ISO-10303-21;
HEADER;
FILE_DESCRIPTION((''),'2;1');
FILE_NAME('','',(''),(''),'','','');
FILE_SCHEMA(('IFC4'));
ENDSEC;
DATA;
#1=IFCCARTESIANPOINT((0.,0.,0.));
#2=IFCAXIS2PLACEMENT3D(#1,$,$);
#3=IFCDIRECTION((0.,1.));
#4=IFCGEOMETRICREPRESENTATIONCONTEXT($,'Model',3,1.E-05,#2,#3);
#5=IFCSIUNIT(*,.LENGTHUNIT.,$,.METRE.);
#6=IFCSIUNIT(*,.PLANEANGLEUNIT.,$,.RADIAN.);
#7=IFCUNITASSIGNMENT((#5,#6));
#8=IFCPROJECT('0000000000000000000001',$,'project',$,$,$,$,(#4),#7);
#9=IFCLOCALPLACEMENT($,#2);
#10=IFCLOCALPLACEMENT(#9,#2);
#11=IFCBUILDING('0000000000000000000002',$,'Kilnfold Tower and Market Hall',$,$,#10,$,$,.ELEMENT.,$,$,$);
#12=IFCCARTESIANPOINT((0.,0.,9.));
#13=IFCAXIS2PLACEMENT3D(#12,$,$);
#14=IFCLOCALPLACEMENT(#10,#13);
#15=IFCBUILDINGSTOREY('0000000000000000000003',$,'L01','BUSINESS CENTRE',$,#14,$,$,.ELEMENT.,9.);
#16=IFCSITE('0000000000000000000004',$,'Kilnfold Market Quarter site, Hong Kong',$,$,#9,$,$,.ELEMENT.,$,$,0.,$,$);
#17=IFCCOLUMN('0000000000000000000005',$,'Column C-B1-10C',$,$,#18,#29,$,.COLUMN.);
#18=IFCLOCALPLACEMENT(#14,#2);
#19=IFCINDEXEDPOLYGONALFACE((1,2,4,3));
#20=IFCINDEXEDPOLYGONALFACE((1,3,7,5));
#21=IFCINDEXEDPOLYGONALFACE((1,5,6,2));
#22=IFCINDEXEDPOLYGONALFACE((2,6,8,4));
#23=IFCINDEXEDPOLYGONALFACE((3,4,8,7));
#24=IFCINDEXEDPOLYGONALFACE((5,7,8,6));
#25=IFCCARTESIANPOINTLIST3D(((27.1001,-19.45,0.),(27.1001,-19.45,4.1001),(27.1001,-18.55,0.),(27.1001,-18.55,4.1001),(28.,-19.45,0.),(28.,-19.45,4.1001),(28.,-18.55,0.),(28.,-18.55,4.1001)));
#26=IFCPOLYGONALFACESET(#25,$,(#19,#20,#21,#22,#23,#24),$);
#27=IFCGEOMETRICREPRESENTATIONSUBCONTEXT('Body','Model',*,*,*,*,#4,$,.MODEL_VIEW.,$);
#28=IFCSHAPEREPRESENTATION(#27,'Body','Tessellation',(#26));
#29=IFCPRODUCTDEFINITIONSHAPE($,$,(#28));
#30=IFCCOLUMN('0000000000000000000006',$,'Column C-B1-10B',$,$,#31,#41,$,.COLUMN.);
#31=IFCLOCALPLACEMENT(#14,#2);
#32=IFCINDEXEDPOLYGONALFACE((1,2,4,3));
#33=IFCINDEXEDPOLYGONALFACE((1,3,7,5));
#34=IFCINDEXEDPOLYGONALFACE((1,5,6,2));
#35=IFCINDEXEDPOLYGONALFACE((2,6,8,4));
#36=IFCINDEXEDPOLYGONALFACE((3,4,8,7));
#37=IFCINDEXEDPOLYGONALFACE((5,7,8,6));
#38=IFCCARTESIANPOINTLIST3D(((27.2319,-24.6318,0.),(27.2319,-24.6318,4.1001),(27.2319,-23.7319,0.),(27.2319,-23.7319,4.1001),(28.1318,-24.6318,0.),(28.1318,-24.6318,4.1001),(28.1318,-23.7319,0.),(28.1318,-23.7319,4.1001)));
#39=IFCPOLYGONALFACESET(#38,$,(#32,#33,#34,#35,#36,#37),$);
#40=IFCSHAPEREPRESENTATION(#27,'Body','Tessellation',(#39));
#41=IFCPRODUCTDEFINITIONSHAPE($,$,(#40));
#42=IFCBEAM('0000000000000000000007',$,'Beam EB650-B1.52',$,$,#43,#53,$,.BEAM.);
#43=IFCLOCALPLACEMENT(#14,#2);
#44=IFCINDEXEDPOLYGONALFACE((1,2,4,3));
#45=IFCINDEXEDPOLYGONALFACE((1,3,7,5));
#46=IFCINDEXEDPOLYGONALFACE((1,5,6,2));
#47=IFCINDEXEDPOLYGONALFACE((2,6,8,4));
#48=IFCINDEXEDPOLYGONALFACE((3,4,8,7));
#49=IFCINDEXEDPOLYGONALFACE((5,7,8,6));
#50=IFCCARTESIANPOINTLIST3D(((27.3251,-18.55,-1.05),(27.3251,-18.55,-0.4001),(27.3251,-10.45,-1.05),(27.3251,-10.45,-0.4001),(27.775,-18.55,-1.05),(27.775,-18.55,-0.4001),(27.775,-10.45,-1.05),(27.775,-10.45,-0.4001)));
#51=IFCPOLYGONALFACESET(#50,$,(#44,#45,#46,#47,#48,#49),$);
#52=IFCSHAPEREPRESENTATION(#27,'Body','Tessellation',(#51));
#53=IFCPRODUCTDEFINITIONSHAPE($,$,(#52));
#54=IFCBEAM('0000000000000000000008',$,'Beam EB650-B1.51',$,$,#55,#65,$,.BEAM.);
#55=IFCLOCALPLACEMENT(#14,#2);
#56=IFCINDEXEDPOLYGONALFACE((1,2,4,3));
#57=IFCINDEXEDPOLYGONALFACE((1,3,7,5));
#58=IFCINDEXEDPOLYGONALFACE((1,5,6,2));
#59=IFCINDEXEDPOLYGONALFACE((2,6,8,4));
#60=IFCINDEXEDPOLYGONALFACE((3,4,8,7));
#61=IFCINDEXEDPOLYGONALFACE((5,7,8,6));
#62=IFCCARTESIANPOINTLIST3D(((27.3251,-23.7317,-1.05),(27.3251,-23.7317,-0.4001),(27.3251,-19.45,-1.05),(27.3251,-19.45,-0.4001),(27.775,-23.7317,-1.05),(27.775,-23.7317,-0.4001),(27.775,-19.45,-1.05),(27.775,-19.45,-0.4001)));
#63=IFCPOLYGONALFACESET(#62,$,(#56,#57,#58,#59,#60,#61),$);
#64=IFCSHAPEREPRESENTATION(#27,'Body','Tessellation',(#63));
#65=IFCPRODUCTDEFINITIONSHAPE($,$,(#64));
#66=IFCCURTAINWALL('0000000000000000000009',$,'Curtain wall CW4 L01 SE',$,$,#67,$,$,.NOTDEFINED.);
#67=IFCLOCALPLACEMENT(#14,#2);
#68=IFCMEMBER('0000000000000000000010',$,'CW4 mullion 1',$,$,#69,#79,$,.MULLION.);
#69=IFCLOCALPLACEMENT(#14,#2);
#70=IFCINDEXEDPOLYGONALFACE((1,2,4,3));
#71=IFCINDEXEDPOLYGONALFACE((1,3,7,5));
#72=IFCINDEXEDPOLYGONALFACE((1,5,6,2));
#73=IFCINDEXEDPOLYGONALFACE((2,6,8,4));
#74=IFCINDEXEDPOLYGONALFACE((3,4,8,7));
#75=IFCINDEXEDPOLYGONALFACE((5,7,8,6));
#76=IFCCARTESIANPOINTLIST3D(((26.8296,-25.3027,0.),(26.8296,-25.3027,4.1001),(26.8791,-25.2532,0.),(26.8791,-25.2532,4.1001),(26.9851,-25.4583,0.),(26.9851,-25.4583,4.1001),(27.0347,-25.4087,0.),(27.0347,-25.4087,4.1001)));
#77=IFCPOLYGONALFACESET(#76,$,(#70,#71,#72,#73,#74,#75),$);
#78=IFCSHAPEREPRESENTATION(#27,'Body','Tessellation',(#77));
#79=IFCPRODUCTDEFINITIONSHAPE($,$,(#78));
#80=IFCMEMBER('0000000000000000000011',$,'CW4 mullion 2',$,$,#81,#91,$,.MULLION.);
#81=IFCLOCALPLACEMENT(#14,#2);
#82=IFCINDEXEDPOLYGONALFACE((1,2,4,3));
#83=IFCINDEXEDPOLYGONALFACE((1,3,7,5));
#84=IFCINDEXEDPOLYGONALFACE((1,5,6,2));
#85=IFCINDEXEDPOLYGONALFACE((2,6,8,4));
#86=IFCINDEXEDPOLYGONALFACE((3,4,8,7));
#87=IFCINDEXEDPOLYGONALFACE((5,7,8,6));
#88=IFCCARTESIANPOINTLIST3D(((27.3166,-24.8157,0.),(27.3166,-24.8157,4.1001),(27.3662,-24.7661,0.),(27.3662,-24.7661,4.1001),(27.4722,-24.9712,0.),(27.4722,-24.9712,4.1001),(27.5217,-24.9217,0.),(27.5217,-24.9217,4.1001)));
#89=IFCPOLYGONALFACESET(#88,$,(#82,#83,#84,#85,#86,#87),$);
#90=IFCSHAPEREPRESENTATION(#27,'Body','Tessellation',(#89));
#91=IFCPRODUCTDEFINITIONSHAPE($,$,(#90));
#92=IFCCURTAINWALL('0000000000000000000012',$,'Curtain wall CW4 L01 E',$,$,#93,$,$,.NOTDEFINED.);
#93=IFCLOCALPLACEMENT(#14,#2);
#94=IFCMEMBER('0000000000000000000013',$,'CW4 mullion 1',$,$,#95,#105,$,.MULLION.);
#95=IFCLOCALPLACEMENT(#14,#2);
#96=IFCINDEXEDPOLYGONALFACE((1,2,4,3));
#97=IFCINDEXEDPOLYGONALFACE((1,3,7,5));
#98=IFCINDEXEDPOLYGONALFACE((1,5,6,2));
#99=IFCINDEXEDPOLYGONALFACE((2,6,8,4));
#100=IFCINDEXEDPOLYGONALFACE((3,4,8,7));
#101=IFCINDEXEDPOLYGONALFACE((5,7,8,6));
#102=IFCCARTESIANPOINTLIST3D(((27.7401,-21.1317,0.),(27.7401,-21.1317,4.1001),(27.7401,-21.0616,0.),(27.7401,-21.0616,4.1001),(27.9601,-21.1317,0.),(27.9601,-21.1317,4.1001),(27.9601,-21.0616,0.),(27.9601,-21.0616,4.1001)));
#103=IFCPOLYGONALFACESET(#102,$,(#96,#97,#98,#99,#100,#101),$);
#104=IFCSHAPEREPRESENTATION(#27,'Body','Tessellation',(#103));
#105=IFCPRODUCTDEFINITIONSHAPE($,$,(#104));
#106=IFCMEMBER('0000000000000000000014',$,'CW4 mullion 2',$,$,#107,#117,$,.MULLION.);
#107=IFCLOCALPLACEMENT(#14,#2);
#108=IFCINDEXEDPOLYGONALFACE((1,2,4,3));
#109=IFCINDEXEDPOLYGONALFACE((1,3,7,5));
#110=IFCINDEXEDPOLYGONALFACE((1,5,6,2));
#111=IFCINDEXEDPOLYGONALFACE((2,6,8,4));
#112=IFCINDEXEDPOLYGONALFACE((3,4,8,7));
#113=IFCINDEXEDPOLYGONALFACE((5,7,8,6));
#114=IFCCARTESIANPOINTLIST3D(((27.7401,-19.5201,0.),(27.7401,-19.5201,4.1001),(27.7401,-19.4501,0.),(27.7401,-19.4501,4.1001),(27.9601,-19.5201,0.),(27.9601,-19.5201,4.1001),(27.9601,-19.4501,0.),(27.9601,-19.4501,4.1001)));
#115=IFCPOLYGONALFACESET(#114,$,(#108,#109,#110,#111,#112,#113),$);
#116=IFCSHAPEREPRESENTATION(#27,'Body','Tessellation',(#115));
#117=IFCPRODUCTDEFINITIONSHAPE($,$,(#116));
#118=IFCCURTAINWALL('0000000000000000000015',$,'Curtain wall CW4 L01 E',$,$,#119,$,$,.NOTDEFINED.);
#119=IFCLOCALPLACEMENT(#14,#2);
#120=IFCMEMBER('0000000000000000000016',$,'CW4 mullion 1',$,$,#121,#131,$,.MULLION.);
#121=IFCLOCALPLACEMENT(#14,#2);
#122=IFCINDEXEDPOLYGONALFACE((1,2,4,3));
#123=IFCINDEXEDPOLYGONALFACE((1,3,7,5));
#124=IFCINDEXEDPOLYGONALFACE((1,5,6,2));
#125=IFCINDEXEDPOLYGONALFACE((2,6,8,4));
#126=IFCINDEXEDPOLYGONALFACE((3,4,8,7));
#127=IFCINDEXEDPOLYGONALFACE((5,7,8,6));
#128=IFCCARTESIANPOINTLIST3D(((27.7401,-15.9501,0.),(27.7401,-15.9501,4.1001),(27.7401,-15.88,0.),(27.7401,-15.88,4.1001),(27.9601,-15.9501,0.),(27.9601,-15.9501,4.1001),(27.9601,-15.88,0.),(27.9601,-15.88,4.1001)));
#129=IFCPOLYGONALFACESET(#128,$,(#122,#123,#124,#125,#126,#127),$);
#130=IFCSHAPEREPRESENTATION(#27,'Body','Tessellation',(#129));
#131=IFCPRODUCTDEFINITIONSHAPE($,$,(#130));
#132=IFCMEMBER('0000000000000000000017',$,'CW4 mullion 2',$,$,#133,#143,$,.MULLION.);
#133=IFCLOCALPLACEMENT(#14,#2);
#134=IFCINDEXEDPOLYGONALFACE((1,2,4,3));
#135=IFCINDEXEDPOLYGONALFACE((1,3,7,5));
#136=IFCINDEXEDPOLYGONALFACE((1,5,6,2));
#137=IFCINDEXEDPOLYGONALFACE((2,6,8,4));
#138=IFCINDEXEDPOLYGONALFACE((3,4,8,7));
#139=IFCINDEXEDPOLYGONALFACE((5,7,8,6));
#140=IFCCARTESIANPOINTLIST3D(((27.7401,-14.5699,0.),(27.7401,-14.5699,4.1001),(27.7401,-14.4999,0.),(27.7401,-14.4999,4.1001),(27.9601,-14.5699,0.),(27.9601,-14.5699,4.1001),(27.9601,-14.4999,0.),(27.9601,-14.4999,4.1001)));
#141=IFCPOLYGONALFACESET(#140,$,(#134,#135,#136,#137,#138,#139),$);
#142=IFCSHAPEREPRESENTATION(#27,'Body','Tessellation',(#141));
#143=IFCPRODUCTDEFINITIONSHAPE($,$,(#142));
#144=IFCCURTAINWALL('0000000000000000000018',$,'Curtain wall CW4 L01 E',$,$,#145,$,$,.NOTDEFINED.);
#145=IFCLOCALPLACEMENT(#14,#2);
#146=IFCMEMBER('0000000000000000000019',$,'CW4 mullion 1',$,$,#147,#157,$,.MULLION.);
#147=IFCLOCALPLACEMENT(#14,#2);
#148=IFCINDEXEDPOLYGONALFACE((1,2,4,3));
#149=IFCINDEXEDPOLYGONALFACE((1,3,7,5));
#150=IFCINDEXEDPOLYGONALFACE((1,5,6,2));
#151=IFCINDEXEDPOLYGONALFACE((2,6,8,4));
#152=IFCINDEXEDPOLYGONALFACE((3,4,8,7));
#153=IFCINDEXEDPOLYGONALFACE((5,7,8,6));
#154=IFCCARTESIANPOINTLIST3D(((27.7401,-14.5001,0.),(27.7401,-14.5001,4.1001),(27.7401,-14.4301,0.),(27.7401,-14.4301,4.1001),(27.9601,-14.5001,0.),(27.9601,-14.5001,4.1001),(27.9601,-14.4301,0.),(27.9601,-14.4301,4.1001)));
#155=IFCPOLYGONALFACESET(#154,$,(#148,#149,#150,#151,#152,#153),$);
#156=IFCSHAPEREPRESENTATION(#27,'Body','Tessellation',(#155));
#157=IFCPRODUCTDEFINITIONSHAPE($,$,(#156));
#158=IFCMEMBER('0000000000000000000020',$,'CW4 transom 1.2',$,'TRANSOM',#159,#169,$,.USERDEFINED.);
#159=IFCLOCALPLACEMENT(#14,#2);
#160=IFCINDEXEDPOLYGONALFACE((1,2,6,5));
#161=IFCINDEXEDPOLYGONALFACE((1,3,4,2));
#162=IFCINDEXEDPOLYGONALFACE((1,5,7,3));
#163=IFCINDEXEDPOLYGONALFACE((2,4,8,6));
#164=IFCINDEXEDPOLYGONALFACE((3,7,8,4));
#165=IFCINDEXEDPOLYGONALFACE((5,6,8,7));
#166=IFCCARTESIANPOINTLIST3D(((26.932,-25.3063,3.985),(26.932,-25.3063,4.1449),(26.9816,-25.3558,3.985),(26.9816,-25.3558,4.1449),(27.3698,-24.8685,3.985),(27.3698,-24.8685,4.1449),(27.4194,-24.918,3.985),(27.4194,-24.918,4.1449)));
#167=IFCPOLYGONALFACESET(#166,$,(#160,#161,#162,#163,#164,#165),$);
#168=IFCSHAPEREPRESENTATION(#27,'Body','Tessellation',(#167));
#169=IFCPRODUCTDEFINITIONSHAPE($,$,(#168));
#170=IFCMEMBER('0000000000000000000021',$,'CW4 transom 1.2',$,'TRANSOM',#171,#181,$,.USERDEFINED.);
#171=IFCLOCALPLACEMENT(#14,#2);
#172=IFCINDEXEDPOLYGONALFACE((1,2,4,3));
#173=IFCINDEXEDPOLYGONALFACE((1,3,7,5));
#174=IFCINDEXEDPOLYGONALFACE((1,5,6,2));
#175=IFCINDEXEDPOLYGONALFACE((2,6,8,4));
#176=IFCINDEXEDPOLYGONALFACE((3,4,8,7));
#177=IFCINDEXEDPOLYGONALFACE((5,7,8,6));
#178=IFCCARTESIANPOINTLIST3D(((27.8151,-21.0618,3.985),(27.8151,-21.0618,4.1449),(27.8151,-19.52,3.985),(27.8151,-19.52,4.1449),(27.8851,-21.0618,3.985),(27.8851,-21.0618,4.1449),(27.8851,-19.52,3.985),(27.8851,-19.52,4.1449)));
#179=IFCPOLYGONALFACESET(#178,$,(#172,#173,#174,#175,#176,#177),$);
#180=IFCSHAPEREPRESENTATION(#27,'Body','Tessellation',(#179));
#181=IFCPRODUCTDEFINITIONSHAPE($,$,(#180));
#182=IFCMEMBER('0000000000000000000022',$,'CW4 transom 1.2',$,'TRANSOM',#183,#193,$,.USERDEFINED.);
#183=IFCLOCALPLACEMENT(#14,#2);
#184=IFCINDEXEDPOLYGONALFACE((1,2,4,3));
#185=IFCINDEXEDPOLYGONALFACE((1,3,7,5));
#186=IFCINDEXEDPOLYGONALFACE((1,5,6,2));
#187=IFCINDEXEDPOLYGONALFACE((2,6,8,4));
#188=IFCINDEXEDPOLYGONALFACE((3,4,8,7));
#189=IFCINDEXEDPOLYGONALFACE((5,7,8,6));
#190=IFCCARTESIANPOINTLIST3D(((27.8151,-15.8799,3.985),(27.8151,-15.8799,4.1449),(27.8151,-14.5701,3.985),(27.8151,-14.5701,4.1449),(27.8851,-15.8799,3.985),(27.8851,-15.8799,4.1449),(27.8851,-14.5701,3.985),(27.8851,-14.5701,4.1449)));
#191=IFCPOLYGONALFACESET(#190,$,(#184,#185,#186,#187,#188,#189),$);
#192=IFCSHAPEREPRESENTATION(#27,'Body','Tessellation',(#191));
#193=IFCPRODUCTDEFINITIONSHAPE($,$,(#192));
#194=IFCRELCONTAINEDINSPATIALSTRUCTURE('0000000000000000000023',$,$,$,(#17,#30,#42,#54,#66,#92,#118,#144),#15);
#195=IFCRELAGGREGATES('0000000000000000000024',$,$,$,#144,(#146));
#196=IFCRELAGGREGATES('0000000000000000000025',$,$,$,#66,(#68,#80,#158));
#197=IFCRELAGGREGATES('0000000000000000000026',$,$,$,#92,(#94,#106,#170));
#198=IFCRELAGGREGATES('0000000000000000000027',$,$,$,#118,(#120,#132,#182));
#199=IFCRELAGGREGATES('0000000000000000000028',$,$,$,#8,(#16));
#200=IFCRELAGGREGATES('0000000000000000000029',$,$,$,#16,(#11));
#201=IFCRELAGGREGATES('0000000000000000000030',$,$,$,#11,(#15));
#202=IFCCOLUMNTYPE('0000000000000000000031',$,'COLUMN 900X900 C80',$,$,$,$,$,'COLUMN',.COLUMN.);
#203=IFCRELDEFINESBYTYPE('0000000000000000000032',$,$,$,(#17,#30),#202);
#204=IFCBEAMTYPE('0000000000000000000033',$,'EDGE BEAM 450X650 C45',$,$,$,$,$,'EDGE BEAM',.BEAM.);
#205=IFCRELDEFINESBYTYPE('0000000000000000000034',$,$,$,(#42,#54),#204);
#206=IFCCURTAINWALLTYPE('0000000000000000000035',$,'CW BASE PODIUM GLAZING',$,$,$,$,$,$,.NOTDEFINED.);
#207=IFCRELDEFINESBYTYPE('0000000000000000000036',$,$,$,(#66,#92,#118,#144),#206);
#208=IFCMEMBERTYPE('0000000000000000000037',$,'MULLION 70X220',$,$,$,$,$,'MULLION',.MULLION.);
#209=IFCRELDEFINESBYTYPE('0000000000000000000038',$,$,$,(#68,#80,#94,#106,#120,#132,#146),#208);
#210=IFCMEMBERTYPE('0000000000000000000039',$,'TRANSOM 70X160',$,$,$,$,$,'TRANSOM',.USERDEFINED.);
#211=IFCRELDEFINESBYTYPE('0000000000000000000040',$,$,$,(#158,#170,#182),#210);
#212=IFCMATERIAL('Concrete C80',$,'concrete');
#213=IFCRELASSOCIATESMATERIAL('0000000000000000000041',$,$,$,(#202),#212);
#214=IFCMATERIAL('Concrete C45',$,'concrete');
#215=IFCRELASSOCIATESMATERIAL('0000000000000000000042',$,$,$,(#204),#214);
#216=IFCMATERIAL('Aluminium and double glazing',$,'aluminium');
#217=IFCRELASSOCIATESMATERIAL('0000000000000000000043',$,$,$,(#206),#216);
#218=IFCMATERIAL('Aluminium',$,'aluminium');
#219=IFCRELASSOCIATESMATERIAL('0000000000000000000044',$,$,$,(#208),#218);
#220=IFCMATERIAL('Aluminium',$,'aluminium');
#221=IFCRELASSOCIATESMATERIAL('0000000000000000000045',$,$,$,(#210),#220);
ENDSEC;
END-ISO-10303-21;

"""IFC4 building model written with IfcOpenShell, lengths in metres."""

from ifc_helpers import new_model, si_unit, direction, frame, origin, origin_2d, place, context, subcontext, project, spatial, rectangle, extrude, source, transform, mapped, material, material_profile, profile_set, type_object, element, aggregate, save


model = new_model("IFC4")

# Units and contexts
model_context = context("Model", 3, precision=1e-05, world=origin(), true_north=direction((0.0, 1.0)))
body_context = subcontext(model_context, "Body", "Model", "MODEL_VIEW")
ifc_project = project(units=[si_unit("LENGTHUNIT", "METRE"), si_unit("PLANEANGLEUNIT", "RADIAN")], contexts=[model_context])

# Site, building, storey
site_placement = place(None, origin())
site = spatial("IfcSite", under=ifc_project, at=site_placement, Name="Kilnfold Market Quarter site, Hong Kong", CompositionType="ELEMENT", RefElevation=0.0)
building_placement = place(site_placement, origin())
building = spatial("IfcBuilding", under=site, at=building_placement, Name="Kilnfold Tower and Market Hall", CompositionType="ELEMENT")
storey_placement = place(building_placement, frame((0.0, 0.0, 9.0)))
storey = spatial("IfcBuildingStorey", under=building, at=storey_placement, Name="L01", Description="BUSINESS CENTRE", CompositionType="ELEMENT", Elevation=9.0)

# Columns
ifc_material_1 = material(Name="Concrete C80", Category="concrete")
ifc_material_profile_1 = material_profile(ifc_material_1, rectangle(XDim=0.8999, YDim=0.8999, at=origin_2d()), Name="RC 900x900")
ifc_profile_set_1 = profile_set([ifc_material_profile_1], Name="Concrete C80")
column_type = type_object("IfcColumnType", Name="COLUMN 900X900 C80", ElementType="COLUMN", PredefinedType="COLUMN", material=ifc_profile_set_1)
shared_shape_1 = source(origin(), body_context, "Body", "SweptSolid", [
    extrude(rectangle(XDim=0.8999, YDim=0.8999, at=origin_2d()), origin(), (0.0, 0.0, 1.0), 4.1001),
])
for number, where, z_axis, x_axis, name in (
    (1, (27.55, -19.0, 0.0), (0.0, 0.0, 1.0), (1.0, 0.0, 0.0), "Column C-B1-10C"),
    (2, (27.6819, -24.1819, 0.0), (0.0, 0.0, 1.0), (1.0, 0.0, 0.0), "Column C-B1-10B"),
):
    element("IfcColumn", number, at=place(storey_placement, frame(where, z_axis=z_axis, x_axis=x_axis)), inside=storey, type_object=column_type, Name=name, PredefinedType="COLUMN", context=body_context, shape_type="MappedRepresentation", body=[
        mapped(shared_shape_1, transform((0.0, 0.0, 0.0))),
    ])

# Beams
ifc_material_2 = material(Name="Concrete C45", Category="concrete")
ifc_material_profile_2 = material_profile(ifc_material_2, rectangle(XDim=0.45, YDim=0.6499, at=origin_2d()), Name="RC 450x650")
ifc_profile_set_2 = profile_set([ifc_material_profile_2], Name="Concrete C45")
beam_type = type_object("IfcBeamType", Name="EDGE BEAM 450X650 C45", ElementType="EDGE BEAM", PredefinedType="BEAM", material=ifc_profile_set_2)
shared_shape_2 = source(origin(), body_context, "Body", "SweptSolid", [
    extrude(rectangle(XDim=0.45, YDim=0.6499, at=origin_2d()), origin(), (0.0, 0.0, 1.0), 8.1001),
])
beam_1_placement = place(storey_placement, frame((27.55, -18.55, -0.7251), z_axis=(0.0, 1.0, 0.0), x_axis=(-1.0, 0.0, 0.0)))
element("IfcBeam", 3, at=beam_1_placement, inside=storey, type_object=beam_type, Name="Beam EB650-B1.52", PredefinedType="BEAM", context=body_context, shape_type="MappedRepresentation", body=[
    mapped(shared_shape_2, transform((0.0, 0.0, 0.0))),
])
shared_shape_3 = source(origin(), body_context, "Body", "SweptSolid", [
    extrude(rectangle(XDim=0.45, YDim=0.6499, at=origin_2d()), origin(), (0.0, 0.0, 1.0), 4.2817),
])
beam_2_placement = place(storey_placement, frame((27.55, -23.7317, -0.7251), z_axis=(0.0, 1.0, 0.0), x_axis=(-1.0, 0.0, 0.0)))
element("IfcBeam", 4, at=beam_2_placement, inside=storey, type_object=beam_type, Name="Beam EB650-B1.51", PredefinedType="BEAM", context=body_context, shape_type="MappedRepresentation", body=[
    mapped(shared_shape_3, transform((0.0, 0.0, 0.0))),
])

# Curtain walls, members
ifc_material_3 = material(Name="Aluminium and double glazing", Category="aluminium")
curtain_wall_type = type_object("IfcCurtainWallType", Name="CW BASE PODIUM GLAZING", PredefinedType="NOTDEFINED", material=ifc_material_3)
curtain_wall_1_placement = place(storey_placement, origin())
curtain_wall_1 = element("IfcCurtainWall", 5, at=curtain_wall_1_placement, inside=storey, type_object=curtain_wall_type, Name="Curtain wall CW4 L01 SE", PredefinedType="NOTDEFINED")
ifc_material_4 = material(Name="Aluminium", Category="aluminium")
ifc_material_profile_3 = material_profile(ifc_material_4, rectangle(XDim=0.0701, YDim=0.22, at=origin_2d()), Name="MULLION 70x220")
ifc_profile_set_3 = profile_set([ifc_material_profile_3], Name="Aluminium")
member_type_1 = type_object("IfcMemberType", Name="MULLION 70X220", ElementType="MULLION", PredefinedType="MULLION", material=ifc_profile_set_3)
shared_shape_4 = source(origin(), body_context, "Body", "SweptSolid", [
    extrude(rectangle(XDim=0.0701, YDim=0.22, at=origin_2d()), origin(), (0.0, 0.0, 1.0), 4.1001),
])
member_1_placement = place(storey_placement, frame((26.9321, -25.3557, 0.0), z_axis=(0.0, 0.0, 1.0), x_axis=(0.707107, 0.707107, 0.0)))
member_1 = element("IfcMember", 6, at=member_1_placement, type_object=member_type_1, Name="CW4 mullion 1", PredefinedType="MULLION", context=body_context, shape_type="MappedRepresentation", body=[
    mapped(shared_shape_4, transform((0.0, 0.0, 0.0))),
])
member_2_placement = place(storey_placement, frame((27.4192, -24.8687, 0.0), z_axis=(0.0, 0.0, 1.0), x_axis=(0.707107, 0.707107, 0.0)))
member_2 = element("IfcMember", 7, at=member_2_placement, type_object=member_type_1, Name="CW4 mullion 2", PredefinedType="MULLION", context=body_context, shape_type="MappedRepresentation", body=[
    mapped(shared_shape_4, transform((0.0, 0.0, 0.0))),
])
curtain_wall_2_placement = place(storey_placement, origin())
curtain_wall_2 = element("IfcCurtainWall", 8, at=curtain_wall_2_placement, inside=storey, type_object=curtain_wall_type, Name="Curtain wall CW4 L01 E", PredefinedType="NOTDEFINED")
member_3_placement = place(storey_placement, frame((27.8501, -21.0967, 0.0), z_axis=(0.0, 0.0, 1.0), x_axis=(0.0, 1.0, 0.0)))
member_3 = element("IfcMember", 9, at=member_3_placement, type_object=member_type_1, Name="CW4 mullion 1", PredefinedType="MULLION", context=body_context, shape_type="MappedRepresentation", body=[
    mapped(shared_shape_4, transform((0.0, 0.0, 0.0))),
])
member_4_placement = place(storey_placement, frame((27.8501, -19.4851, 0.0), z_axis=(0.0, 0.0, 1.0), x_axis=(0.0, 1.0, 0.0)))
member_4 = element("IfcMember", 10, at=member_4_placement, type_object=member_type_1, Name="CW4 mullion 2", PredefinedType="MULLION", context=body_context, shape_type="MappedRepresentation", body=[
    mapped(shared_shape_4, transform((0.0, 0.0, 0.0))),
])
curtain_wall_3_placement = place(storey_placement, origin())
curtain_wall_3 = element("IfcCurtainWall", 11, at=curtain_wall_3_placement, inside=storey, type_object=curtain_wall_type, Name="Curtain wall CW4 L01 E", PredefinedType="NOTDEFINED")
member_5_placement = place(storey_placement, frame((27.8501, -15.915, 0.0), z_axis=(0.0, 0.0, 1.0), x_axis=(0.0, 1.0, 0.0)))
member_5 = element("IfcMember", 12, at=member_5_placement, type_object=member_type_1, Name="CW4 mullion 1", PredefinedType="MULLION", context=body_context, shape_type="MappedRepresentation", body=[
    mapped(shared_shape_4, transform((0.0, 0.0, 0.0))),
])
member_6_placement = place(storey_placement, frame((27.8501, -14.5349, 0.0), z_axis=(0.0, 0.0, 1.0), x_axis=(0.0, 1.0, 0.0)))
member_6 = element("IfcMember", 13, at=member_6_placement, type_object=member_type_1, Name="CW4 mullion 2", PredefinedType="MULLION", context=body_context, shape_type="MappedRepresentation", body=[
    mapped(shared_shape_4, transform((0.0, 0.0, 0.0))),
])

# Curtain wall, member
curtain_wall_4_placement = place(storey_placement, origin())
curtain_wall_4 = element("IfcCurtainWall", 14, at=curtain_wall_4_placement, inside=storey, type_object=curtain_wall_type, Name="Curtain wall CW4 L01 E", PredefinedType="NOTDEFINED")
member_7_placement = place(storey_placement, frame((27.8501, -14.4651, 0.0), z_axis=(0.0, 0.0, 1.0), x_axis=(0.0, 1.0, 0.0)))
member_7 = element("IfcMember", 15, at=member_7_placement, type_object=member_type_1, Name="CW4 mullion 1", PredefinedType="MULLION", context=body_context, shape_type="MappedRepresentation", body=[
    mapped(shared_shape_4, transform((0.0, 0.0, 0.0))),
])
aggregate(curtain_wall_4, [member_7])

# Members
ifc_material_5 = material(Name="Aluminium", Category="aluminium")
ifc_material_profile_4 = material_profile(ifc_material_5, rectangle(XDim=0.0701, YDim=0.1599, at=origin_2d()), Name="TRANSOM 70x160")
ifc_profile_set_4 = profile_set([ifc_material_profile_4], Name="Aluminium")
member_type_2 = type_object("IfcMemberType", Name="TRANSOM 70X160", ElementType="TRANSOM", PredefinedType="USERDEFINED", material=ifc_profile_set_4)
shared_shape_5 = source(origin(), body_context, "Body", "SweptSolid", [
    extrude(rectangle(XDim=0.0701, YDim=0.1599, at=origin_2d()), origin(), (0.0, 0.0, 1.0), 0.6191),
])
member_8_placement = place(storey_placement, frame((26.9568, -25.3311, 4.0649), z_axis=(0.707107, 0.707107, 0.0), x_axis=(-0.707107, 0.707107, 0.0)))
member_8 = element("IfcMember", 16, at=member_8_placement, type_object=member_type_2, Name="CW4 transom 1.2", ObjectType="TRANSOM", PredefinedType="USERDEFINED", context=body_context, shape_type="MappedRepresentation", body=[
    mapped(shared_shape_5, transform((0.0, 0.0, 0.0))),
])
shared_shape_6 = source(origin(), body_context, "Body", "SweptSolid", [
    extrude(rectangle(XDim=0.0701, YDim=0.1599, at=origin_2d()), origin(), (0.0, 0.0, 1.0), 1.5417),
])
member_9_placement = place(storey_placement, frame((27.8501, -21.0618, 4.0649), z_axis=(0.0, 1.0, 0.0), x_axis=(-1.0, 0.0, 0.0)))
member_9 = element("IfcMember", 17, at=member_9_placement, type_object=member_type_2, Name="CW4 transom 1.2", ObjectType="TRANSOM", PredefinedType="USERDEFINED", context=body_context, shape_type="MappedRepresentation", body=[
    mapped(shared_shape_6, transform((0.0, 0.0, 0.0))),
])
shared_shape_7 = source(origin(), body_context, "Body", "SweptSolid", [
    extrude(rectangle(XDim=0.0701, YDim=0.1599, at=origin_2d()), origin(), (0.0, 0.0, 1.0), 1.3098),
])
member_10_placement = place(storey_placement, frame((27.8501, -15.8799, 4.0649), z_axis=(0.0, 1.0, 0.0), x_axis=(-1.0, 0.0, 0.0)))
member_10 = element("IfcMember", 18, at=member_10_placement, type_object=member_type_2, Name="CW4 transom 1.2", ObjectType="TRANSOM", PredefinedType="USERDEFINED", context=body_context, shape_type="MappedRepresentation", body=[
    mapped(shared_shape_7, transform((0.0, 0.0, 0.0))),
])

aggregate(curtain_wall_1, [member_1, member_2, member_8])
aggregate(curtain_wall_2, [member_3, member_4, member_9])
aggregate(curtain_wall_3, [member_5, member_6, member_10])

save(model, "model.ifc")
